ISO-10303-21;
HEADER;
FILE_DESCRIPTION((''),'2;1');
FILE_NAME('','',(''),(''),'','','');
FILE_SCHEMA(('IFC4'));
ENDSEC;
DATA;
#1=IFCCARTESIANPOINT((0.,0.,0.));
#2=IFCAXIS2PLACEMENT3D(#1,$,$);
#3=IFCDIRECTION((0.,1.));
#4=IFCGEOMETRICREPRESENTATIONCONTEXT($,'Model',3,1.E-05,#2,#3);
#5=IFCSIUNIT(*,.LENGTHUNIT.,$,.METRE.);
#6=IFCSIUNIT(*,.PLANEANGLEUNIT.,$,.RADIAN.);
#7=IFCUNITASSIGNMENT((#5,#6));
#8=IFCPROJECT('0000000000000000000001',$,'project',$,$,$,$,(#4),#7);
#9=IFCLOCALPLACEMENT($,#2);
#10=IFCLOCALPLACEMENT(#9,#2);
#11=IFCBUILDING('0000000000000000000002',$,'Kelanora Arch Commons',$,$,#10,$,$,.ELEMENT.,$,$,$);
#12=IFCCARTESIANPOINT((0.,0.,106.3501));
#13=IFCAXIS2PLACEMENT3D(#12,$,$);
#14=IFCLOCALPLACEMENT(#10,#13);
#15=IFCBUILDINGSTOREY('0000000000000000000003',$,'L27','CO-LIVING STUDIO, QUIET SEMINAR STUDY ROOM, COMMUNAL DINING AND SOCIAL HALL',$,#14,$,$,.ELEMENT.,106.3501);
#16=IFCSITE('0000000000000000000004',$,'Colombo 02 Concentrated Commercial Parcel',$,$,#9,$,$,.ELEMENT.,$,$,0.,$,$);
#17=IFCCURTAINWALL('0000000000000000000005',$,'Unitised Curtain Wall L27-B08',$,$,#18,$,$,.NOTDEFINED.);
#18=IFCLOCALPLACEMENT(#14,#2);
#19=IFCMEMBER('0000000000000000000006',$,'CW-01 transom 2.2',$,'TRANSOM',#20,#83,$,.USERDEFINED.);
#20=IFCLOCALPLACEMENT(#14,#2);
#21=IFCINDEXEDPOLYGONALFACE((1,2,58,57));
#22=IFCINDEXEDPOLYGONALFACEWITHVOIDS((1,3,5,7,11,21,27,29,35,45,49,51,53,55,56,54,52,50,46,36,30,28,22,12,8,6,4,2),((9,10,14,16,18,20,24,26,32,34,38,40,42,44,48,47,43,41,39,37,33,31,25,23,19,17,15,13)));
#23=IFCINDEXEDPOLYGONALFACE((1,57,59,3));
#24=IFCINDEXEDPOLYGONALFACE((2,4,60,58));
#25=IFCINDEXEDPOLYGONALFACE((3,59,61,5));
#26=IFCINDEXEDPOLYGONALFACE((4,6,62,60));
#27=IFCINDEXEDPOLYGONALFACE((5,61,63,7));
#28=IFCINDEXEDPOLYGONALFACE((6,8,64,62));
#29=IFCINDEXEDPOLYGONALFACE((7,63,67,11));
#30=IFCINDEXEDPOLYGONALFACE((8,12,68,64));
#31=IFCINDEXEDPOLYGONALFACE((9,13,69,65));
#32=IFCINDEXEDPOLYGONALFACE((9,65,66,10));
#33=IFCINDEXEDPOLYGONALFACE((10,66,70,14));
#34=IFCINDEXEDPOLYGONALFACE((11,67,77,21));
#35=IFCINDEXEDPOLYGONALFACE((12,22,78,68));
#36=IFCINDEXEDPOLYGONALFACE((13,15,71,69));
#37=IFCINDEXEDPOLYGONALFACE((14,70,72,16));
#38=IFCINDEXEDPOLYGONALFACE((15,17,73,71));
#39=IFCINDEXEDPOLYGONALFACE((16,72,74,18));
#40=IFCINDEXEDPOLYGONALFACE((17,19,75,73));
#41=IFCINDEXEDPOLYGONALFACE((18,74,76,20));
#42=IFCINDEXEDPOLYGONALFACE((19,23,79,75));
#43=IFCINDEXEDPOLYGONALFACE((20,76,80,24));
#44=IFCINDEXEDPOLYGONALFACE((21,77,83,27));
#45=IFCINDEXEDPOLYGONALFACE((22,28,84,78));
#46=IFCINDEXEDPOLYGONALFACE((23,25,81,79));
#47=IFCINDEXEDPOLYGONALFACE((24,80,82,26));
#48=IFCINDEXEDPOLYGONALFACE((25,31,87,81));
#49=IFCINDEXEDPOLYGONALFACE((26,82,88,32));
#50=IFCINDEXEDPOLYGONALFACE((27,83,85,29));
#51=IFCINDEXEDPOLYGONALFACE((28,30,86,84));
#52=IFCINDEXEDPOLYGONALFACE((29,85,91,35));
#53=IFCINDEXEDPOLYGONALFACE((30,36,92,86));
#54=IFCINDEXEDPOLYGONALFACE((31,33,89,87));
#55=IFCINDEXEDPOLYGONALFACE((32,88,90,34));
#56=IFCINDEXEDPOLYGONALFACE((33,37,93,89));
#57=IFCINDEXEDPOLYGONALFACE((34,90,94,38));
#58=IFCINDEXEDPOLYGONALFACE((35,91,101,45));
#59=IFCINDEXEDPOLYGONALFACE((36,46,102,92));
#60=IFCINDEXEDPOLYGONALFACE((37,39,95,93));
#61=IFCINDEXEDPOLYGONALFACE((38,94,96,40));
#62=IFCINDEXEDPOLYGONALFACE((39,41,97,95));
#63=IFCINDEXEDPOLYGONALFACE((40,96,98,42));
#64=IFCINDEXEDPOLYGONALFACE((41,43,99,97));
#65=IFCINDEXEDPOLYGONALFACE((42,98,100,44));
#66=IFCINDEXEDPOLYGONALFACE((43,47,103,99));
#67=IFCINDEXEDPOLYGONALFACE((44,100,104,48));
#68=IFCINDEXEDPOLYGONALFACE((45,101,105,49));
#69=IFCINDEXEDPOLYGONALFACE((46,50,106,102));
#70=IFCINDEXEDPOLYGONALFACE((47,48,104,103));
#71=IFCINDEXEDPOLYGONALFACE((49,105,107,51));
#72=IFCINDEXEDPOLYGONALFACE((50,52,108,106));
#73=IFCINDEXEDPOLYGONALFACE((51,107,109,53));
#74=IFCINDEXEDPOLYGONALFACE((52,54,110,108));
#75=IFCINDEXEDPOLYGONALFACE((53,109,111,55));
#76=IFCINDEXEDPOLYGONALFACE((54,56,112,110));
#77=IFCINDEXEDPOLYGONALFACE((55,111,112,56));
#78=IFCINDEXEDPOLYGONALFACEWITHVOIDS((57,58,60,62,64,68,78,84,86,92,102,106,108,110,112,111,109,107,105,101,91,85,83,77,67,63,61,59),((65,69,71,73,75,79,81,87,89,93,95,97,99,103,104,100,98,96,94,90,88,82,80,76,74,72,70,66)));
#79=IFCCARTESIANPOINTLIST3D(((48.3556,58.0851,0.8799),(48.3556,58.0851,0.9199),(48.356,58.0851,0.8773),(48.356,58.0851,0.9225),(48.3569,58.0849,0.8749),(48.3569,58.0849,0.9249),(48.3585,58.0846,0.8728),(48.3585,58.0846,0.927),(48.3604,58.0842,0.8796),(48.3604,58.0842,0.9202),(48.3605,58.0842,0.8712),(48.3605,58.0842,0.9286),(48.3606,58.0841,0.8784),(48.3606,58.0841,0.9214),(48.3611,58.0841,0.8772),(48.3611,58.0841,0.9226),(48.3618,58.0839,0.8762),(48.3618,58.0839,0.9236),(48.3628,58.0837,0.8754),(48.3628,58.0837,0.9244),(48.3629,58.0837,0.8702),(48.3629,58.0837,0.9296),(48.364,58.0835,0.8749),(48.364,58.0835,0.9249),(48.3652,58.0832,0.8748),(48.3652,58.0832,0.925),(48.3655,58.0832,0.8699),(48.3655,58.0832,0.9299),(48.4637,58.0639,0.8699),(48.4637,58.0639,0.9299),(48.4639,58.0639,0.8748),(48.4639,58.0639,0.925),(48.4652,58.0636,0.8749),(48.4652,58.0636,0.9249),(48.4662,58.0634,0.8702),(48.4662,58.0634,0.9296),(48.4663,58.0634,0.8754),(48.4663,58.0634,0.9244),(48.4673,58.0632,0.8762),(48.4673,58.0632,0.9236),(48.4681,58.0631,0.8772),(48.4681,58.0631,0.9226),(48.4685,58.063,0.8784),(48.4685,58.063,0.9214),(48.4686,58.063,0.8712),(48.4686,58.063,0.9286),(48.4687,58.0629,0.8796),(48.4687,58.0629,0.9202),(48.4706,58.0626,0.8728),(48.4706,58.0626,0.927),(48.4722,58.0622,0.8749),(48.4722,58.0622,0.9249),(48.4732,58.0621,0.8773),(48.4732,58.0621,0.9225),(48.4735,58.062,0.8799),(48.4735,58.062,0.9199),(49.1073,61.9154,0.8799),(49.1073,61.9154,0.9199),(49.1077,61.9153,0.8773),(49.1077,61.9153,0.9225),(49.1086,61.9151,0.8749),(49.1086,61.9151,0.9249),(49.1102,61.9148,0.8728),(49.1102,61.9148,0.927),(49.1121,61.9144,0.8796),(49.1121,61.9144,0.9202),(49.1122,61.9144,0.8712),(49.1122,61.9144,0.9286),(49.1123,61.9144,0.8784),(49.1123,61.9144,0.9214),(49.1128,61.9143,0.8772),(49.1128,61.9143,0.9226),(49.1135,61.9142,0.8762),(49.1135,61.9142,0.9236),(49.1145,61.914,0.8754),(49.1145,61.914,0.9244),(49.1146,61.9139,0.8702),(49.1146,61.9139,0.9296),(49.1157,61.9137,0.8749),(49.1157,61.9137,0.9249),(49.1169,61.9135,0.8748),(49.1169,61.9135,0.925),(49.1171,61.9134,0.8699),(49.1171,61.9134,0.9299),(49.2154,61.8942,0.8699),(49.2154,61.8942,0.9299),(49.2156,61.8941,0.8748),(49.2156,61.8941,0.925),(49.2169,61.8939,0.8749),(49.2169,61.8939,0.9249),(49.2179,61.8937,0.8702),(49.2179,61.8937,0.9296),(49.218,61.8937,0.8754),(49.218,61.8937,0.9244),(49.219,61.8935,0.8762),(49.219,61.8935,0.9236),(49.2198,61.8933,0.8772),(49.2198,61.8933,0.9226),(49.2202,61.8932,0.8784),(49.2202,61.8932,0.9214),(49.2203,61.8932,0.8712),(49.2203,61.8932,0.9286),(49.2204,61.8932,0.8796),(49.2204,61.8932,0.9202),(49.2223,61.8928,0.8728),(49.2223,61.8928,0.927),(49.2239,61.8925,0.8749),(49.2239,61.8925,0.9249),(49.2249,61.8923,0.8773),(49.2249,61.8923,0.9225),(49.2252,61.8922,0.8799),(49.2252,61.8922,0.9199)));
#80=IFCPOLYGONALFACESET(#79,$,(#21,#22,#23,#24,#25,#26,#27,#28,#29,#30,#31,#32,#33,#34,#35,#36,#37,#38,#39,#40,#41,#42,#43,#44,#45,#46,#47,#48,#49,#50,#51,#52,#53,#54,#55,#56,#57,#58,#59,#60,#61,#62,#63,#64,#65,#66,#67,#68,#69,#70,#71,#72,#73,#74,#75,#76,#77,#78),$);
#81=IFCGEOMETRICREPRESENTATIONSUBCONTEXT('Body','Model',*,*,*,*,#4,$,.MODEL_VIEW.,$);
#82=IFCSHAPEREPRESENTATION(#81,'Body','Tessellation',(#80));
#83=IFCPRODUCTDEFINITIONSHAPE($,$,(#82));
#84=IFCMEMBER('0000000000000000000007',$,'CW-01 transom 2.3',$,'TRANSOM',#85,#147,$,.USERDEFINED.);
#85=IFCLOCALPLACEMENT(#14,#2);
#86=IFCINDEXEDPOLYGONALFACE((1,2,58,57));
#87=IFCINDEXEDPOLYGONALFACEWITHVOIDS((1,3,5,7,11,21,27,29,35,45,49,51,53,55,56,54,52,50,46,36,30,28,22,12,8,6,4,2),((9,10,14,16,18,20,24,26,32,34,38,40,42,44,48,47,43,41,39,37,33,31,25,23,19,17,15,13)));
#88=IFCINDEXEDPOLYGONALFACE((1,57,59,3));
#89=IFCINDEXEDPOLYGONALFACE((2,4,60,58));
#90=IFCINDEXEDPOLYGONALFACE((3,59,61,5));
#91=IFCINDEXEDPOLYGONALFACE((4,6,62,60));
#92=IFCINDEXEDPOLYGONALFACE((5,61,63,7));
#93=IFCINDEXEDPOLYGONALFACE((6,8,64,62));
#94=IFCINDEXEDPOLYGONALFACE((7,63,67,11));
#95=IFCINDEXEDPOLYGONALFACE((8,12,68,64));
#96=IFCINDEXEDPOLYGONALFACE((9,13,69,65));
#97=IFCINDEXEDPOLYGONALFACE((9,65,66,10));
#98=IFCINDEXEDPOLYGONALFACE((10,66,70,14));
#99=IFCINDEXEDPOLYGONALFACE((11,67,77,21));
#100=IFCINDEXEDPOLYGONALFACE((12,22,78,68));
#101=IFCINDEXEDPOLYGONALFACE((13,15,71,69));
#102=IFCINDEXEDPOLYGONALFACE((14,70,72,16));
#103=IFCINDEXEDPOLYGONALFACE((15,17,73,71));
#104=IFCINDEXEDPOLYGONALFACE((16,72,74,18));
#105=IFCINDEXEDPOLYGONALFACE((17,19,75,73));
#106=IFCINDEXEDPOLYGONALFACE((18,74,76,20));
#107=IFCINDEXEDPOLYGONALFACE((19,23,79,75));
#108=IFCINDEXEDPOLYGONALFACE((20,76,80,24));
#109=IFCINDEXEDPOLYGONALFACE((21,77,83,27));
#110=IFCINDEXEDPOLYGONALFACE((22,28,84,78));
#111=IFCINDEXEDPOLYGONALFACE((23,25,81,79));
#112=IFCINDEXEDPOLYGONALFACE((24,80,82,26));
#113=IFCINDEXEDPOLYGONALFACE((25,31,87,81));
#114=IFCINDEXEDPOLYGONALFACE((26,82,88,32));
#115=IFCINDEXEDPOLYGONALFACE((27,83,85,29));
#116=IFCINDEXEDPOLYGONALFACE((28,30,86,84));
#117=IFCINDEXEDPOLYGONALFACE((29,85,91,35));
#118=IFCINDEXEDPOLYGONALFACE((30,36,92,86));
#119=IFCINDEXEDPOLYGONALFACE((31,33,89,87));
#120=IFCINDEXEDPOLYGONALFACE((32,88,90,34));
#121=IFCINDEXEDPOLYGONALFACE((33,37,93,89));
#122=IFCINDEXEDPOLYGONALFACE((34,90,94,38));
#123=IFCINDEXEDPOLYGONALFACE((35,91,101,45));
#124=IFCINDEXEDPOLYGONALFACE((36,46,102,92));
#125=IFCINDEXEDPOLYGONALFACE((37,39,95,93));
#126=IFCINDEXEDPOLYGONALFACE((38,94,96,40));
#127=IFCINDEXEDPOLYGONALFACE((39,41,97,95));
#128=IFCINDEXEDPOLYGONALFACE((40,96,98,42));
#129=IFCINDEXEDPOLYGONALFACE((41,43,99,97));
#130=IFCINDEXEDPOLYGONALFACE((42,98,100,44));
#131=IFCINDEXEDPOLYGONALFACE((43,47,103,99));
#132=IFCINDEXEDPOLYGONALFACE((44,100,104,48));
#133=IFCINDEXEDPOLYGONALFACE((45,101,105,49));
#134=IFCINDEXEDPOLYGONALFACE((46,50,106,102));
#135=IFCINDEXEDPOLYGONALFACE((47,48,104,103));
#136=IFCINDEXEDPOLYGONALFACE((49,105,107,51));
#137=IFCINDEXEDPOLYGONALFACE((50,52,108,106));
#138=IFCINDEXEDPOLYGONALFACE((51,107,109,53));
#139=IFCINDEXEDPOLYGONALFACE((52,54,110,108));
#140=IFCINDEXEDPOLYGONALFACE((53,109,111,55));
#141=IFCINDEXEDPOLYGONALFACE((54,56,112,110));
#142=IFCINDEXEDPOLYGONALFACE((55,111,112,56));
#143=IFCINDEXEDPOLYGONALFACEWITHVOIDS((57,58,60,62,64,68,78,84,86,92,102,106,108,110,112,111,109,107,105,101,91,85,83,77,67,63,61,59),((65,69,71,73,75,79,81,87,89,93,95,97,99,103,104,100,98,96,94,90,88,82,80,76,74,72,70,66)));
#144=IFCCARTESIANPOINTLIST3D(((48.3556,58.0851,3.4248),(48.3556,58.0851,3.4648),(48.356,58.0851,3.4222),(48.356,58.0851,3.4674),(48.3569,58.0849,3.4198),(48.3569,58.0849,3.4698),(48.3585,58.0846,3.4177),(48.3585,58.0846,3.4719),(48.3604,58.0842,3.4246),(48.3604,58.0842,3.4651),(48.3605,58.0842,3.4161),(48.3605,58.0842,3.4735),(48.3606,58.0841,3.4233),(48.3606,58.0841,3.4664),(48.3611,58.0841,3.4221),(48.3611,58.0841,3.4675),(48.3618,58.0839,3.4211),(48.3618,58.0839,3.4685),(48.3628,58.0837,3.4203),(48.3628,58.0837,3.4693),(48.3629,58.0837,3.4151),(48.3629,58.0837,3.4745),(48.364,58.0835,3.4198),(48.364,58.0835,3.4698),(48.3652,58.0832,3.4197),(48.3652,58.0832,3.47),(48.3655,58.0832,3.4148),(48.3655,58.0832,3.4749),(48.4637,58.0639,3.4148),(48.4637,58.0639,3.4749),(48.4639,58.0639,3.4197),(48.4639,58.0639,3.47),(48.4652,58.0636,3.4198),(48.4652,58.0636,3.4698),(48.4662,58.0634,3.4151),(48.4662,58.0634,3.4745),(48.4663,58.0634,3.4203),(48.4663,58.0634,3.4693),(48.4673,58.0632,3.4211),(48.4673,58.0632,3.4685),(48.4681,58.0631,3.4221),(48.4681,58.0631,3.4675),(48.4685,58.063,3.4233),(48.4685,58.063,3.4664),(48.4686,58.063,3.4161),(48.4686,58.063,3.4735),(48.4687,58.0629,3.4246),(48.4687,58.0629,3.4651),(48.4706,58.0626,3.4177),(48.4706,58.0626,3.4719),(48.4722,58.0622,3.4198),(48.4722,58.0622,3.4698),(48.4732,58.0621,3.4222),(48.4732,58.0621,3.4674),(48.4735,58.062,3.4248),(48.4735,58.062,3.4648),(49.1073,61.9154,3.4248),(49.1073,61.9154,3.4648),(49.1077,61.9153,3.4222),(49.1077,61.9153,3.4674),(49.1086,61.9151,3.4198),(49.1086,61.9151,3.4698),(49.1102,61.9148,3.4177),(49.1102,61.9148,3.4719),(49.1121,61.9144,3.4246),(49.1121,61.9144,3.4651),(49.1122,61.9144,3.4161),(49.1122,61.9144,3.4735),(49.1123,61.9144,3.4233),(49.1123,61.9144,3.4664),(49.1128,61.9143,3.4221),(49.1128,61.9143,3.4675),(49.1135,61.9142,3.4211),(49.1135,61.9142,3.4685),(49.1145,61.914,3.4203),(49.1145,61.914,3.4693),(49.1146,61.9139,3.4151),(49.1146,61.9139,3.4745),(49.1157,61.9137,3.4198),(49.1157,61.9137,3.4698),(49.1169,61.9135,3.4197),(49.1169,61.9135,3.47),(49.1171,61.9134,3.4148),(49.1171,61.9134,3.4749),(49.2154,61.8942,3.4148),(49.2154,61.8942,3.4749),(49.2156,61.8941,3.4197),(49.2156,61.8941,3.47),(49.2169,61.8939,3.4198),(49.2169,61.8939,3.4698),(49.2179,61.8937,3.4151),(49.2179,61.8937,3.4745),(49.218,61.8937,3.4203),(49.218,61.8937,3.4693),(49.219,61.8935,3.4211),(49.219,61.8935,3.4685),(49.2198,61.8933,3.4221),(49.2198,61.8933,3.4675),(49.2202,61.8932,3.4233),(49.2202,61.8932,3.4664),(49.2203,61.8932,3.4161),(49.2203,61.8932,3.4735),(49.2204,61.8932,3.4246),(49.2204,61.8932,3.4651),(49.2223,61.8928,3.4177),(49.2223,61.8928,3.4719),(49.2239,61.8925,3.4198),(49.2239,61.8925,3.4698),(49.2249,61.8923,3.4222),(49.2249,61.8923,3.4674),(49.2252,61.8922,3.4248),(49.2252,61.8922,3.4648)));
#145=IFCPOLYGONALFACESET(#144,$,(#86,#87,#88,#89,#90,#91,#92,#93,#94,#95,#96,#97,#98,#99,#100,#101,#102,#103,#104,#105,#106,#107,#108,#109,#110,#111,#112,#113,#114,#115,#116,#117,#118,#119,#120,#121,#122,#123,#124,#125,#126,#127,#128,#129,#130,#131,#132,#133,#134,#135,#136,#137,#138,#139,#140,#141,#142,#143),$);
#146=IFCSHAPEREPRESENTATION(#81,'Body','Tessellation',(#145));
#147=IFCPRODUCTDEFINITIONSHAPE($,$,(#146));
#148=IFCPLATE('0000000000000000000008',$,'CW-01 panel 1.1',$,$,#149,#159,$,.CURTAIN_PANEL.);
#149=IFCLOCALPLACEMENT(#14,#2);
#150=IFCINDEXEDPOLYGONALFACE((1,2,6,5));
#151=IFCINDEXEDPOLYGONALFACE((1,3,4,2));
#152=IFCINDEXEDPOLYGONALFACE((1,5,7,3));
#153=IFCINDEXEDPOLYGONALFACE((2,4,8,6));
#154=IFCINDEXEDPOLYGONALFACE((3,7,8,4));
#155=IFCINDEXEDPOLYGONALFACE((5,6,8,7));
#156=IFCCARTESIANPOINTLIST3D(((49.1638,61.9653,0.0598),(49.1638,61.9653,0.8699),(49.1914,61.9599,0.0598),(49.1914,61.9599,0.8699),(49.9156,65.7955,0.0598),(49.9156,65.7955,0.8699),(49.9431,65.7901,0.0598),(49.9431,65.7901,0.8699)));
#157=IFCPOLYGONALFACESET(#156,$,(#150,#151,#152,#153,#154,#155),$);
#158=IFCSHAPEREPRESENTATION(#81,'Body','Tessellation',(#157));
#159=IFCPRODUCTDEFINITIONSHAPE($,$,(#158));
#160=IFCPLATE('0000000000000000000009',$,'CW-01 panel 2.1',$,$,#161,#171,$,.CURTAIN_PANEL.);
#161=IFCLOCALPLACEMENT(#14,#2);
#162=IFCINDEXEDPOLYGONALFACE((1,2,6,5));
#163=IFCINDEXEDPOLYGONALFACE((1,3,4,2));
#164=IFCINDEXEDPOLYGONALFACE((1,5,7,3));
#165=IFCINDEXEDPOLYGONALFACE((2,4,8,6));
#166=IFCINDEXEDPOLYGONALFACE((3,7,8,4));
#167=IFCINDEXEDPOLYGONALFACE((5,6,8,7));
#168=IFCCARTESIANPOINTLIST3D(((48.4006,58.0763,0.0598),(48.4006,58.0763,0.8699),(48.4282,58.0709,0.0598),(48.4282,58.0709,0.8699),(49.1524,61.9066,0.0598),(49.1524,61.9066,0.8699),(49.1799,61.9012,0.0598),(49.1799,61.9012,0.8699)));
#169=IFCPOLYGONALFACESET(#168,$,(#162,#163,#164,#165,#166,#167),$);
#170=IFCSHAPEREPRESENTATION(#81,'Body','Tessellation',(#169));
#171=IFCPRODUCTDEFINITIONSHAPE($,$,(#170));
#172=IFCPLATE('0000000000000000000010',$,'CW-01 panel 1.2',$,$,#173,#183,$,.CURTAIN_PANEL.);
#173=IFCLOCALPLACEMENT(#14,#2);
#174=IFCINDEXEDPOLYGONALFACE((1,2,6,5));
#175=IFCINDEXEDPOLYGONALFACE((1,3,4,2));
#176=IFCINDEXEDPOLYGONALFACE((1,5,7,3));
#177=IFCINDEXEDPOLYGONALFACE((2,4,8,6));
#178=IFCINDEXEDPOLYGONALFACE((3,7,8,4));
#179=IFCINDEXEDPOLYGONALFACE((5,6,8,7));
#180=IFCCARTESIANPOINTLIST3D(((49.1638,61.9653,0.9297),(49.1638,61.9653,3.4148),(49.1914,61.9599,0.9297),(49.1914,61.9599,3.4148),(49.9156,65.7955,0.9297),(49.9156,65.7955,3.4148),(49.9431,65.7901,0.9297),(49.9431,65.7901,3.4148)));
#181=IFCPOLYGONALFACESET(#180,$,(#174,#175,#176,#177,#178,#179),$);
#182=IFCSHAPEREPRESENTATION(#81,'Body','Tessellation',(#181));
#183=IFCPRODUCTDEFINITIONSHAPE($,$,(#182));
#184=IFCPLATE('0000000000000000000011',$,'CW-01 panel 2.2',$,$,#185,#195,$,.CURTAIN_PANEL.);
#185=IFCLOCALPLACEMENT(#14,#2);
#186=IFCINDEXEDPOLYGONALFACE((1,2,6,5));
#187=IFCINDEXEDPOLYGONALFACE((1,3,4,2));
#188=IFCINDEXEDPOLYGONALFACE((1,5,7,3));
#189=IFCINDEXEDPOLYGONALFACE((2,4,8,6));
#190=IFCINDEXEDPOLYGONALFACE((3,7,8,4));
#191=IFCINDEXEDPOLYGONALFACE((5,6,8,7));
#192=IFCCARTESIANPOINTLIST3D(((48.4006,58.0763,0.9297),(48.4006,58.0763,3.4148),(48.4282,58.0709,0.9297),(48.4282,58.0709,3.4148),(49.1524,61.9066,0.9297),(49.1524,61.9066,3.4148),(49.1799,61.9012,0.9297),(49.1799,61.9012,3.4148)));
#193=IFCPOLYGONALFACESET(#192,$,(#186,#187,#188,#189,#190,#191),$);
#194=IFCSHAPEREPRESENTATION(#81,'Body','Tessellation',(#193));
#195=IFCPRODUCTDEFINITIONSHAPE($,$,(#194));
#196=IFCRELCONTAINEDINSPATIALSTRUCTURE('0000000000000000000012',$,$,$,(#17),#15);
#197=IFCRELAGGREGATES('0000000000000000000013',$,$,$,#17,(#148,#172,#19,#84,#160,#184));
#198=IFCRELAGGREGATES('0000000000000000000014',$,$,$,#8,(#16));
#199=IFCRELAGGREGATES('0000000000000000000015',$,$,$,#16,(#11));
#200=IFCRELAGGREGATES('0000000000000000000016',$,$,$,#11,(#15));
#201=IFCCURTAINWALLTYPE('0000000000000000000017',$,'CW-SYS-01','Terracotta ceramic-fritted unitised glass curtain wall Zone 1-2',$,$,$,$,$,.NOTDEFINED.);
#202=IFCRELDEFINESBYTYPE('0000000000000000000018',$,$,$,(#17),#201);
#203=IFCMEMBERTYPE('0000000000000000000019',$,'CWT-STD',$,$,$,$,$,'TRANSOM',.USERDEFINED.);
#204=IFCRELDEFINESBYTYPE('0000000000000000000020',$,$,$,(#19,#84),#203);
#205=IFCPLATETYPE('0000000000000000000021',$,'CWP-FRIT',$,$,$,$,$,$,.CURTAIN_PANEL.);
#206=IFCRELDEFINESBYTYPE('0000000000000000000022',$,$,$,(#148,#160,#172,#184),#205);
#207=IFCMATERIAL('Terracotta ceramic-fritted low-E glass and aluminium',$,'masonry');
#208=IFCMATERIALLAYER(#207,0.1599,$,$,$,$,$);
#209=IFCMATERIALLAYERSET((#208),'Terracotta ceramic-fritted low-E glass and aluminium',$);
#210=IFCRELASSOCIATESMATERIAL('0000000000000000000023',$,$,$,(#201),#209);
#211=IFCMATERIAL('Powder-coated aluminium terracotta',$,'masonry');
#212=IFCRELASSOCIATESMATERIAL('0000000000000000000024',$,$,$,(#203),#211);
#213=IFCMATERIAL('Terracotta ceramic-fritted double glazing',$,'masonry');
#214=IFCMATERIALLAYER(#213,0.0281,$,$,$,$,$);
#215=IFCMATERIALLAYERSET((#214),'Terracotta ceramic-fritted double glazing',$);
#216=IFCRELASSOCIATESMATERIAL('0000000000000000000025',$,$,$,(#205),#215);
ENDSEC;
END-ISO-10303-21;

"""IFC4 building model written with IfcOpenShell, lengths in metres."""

from ifc_helpers import new_model, si_unit, direction, frame, origin, origin_2d, place, context, subcontext, project, spatial, rectangle, hollow_rectangle, extrude, source, transform, mapped, material, layer, layer_set, material_profile, profile_set, type_object, element, aggregate, save


model = new_model("IFC4")

# Units and contexts
model_context = context("Model", 3, precision=1e-05, world=origin(), true_north=direction((0.0, 1.0)))
body_context = subcontext(model_context, "Body", "Model", "MODEL_VIEW")
ifc_project = project(units=[si_unit("LENGTHUNIT", "METRE"), si_unit("PLANEANGLEUNIT", "RADIAN")], contexts=[model_context])

# Site, building, storey
site_placement = place(None, origin())
site = spatial("IfcSite", under=ifc_project, at=site_placement, Name="Colombo 02 Concentrated Commercial Parcel", CompositionType="ELEMENT", RefElevation=0.0)
building_placement = place(site_placement, origin())
building = spatial("IfcBuilding", under=site, at=building_placement, Name="Kelanora Arch Commons", CompositionType="ELEMENT")
storey_placement = place(building_placement, frame((0.0, 0.0, 106.3501)))
storey = spatial("IfcBuildingStorey", under=building, at=storey_placement, Name="L27", Description="CO-LIVING STUDIO, QUIET SEMINAR STUDY ROOM, COMMUNAL DINING AND SOCIAL HALL", CompositionType="ELEMENT", Elevation=106.3501)

# Curtain wall, members, plates
ifc_material_1 = material(Name="Terracotta ceramic-fritted low-E glass and aluminium", Category="masonry")
ifc_layer_1 = layer(ifc_material_1, 0.1599)
ifc_layer_set_1 = layer_set([ifc_layer_1], Name="Terracotta ceramic-fritted low-E glass and aluminium")
curtain_wall_type = type_object("IfcCurtainWallType", Name="CW-SYS-01", Description="Terracotta ceramic-fritted unitised glass curtain wall Zone 1-2", PredefinedType="NOTDEFINED", material=ifc_layer_set_1)
curtain_wall_placement = place(storey_placement, origin())
curtain_wall = element("IfcCurtainWall", 1, at=curtain_wall_placement, inside=storey, type_object=curtain_wall_type, Name="Unitised Curtain Wall L27-B08", PredefinedType="NOTDEFINED")
ifc_material_2 = material(Name="Powder-coated aluminium terracotta", Category="masonry")
ifc_material_profile_1 = material_profile(ifc_material_2, hollow_rectangle(XDim=0.1201, YDim=0.0601, WallThickness=0.0049, InnerFilletRadius=0.0049, OuterFilletRadius=0.01, at=origin_2d()), Name="CWT120x60")
ifc_profile_set_1 = profile_set([ifc_material_profile_1], Name="Powder-coated aluminium terracotta")
member_type_1 = type_object("IfcMemberType", Name="CWT-STD", ElementType="TRANSOM", PredefinedType="USERDEFINED", material=ifc_profile_set_1)
member_1_placement = place(storey_placement, frame((49.1663, 61.9038, 0.8999), z_axis=(-0.192579, -0.981282, 0.0), x_axis=(0.981282, -0.192579, 0.0)))
member_1 = element("IfcMember", 2, at=member_1_placement, type_object=member_type_1, Name="CW-01 transom 2.2", ObjectType="TRANSOM", PredefinedType="USERDEFINED", context=body_context, shape_type="SweptSolid", body=[
    extrude(hollow_rectangle(XDim=0.1201, YDim=0.0601, WallThickness=0.0049, InnerFilletRadius=0.0049, OuterFilletRadius=0.01, at=origin_2d()), origin(), (0.0, 0.0, 1.0), 3.9033),
])
member_2_placement = place(storey_placement, frame((49.1663, 61.9038, 3.4448), z_axis=(-0.192579, -0.981282, 0.0), x_axis=(0.981282, -0.192579, 0.0)))
member_2 = element("IfcMember", 3, at=member_2_placement, type_object=member_type_1, Name="CW-01 transom 2.3", ObjectType="TRANSOM", PredefinedType="USERDEFINED", context=body_context, shape_type="SweptSolid", body=[
    extrude(hollow_rectangle(XDim=0.1201, YDim=0.0601, WallThickness=0.0049, InnerFilletRadius=0.0049, OuterFilletRadius=0.01, at=origin_2d()), origin(), (0.0, 0.0, 1.0), 3.9033),
])
ifc_material_3 = material(Name="Terracotta ceramic-fritted double glazing", Category="masonry")
ifc_layer_2 = layer(ifc_material_3, 0.0281)
ifc_layer_set_2 = layer_set([ifc_layer_2], Name="Terracotta ceramic-fritted double glazing")
plate_type = type_object("IfcPlateType", Name="CWP-FRIT", PredefinedType="CURTAIN_PANEL", material=ifc_layer_set_2)
shared_shape_1 = source(origin(), body_context, "Body", "SweptSolid", [
    extrude(rectangle(XDim=3.9033, YDim=0.0281, at=origin_2d()), origin(), (0.0, 0.0, 1.0), 0.8101),
])
plate_1_placement = place(storey_placement, frame((49.5535, 63.8777, 0.0598), z_axis=(0.0, 0.0, 1.0), x_axis=(-0.192585, -0.98128, 0.0)))
plate_1 = element("IfcPlate", 4, at=plate_1_placement, type_object=plate_type, Name="CW-01 panel 1.1", PredefinedType="CURTAIN_PANEL", context=body_context, shape_type="MappedRepresentation", body=[
    mapped(shared_shape_1, transform((0.0, 0.0, 0.0), scale=1.0)),
])
plate_2_placement = place(storey_placement, frame((48.7903, 59.9888, 0.0598), z_axis=(0.0, 0.0, 1.0), x_axis=(-0.192585, -0.98128, 0.0)))
plate_2 = element("IfcPlate", 5, at=plate_2_placement, type_object=plate_type, Name="CW-01 panel 2.1", PredefinedType="CURTAIN_PANEL", context=body_context, shape_type="MappedRepresentation", body=[
    mapped(shared_shape_1, transform((0.0, 0.0, 0.0), scale=1.0)),
])
shared_shape_2 = source(origin(), body_context, "Body", "SweptSolid", [
    extrude(rectangle(XDim=3.9033, YDim=0.0281, at=origin_2d()), origin(), (0.0, 0.0, 1.0), 2.4851),
])
plate_3_placement = place(storey_placement, frame((49.5535, 63.8777, 0.9297), z_axis=(0.0, 0.0, 1.0), x_axis=(-0.192585, -0.98128, 0.0)))
plate_3 = element("IfcPlate", 6, at=plate_3_placement, type_object=plate_type, Name="CW-01 panel 1.2", PredefinedType="CURTAIN_PANEL", context=body_context, shape_type="MappedRepresentation", body=[
    mapped(shared_shape_2, transform((0.0, 0.0, 0.0), scale=1.0)),
])
plate_4_placement = place(storey_placement, frame((48.7903, 59.9888, 0.9297), z_axis=(0.0, 0.0, 1.0), x_axis=(-0.192585, -0.98128, 0.0)))
plate_4 = element("IfcPlate", 7, at=plate_4_placement, type_object=plate_type, Name="CW-01 panel 2.2", PredefinedType="CURTAIN_PANEL", context=body_context, shape_type="MappedRepresentation", body=[
    mapped(shared_shape_2, transform((0.0, 0.0, 0.0), scale=1.0)),
])
aggregate(curtain_wall, [plate_1, plate_3, member_1, member_2, plate_2, plate_4])

save(model, "model.ifc")
